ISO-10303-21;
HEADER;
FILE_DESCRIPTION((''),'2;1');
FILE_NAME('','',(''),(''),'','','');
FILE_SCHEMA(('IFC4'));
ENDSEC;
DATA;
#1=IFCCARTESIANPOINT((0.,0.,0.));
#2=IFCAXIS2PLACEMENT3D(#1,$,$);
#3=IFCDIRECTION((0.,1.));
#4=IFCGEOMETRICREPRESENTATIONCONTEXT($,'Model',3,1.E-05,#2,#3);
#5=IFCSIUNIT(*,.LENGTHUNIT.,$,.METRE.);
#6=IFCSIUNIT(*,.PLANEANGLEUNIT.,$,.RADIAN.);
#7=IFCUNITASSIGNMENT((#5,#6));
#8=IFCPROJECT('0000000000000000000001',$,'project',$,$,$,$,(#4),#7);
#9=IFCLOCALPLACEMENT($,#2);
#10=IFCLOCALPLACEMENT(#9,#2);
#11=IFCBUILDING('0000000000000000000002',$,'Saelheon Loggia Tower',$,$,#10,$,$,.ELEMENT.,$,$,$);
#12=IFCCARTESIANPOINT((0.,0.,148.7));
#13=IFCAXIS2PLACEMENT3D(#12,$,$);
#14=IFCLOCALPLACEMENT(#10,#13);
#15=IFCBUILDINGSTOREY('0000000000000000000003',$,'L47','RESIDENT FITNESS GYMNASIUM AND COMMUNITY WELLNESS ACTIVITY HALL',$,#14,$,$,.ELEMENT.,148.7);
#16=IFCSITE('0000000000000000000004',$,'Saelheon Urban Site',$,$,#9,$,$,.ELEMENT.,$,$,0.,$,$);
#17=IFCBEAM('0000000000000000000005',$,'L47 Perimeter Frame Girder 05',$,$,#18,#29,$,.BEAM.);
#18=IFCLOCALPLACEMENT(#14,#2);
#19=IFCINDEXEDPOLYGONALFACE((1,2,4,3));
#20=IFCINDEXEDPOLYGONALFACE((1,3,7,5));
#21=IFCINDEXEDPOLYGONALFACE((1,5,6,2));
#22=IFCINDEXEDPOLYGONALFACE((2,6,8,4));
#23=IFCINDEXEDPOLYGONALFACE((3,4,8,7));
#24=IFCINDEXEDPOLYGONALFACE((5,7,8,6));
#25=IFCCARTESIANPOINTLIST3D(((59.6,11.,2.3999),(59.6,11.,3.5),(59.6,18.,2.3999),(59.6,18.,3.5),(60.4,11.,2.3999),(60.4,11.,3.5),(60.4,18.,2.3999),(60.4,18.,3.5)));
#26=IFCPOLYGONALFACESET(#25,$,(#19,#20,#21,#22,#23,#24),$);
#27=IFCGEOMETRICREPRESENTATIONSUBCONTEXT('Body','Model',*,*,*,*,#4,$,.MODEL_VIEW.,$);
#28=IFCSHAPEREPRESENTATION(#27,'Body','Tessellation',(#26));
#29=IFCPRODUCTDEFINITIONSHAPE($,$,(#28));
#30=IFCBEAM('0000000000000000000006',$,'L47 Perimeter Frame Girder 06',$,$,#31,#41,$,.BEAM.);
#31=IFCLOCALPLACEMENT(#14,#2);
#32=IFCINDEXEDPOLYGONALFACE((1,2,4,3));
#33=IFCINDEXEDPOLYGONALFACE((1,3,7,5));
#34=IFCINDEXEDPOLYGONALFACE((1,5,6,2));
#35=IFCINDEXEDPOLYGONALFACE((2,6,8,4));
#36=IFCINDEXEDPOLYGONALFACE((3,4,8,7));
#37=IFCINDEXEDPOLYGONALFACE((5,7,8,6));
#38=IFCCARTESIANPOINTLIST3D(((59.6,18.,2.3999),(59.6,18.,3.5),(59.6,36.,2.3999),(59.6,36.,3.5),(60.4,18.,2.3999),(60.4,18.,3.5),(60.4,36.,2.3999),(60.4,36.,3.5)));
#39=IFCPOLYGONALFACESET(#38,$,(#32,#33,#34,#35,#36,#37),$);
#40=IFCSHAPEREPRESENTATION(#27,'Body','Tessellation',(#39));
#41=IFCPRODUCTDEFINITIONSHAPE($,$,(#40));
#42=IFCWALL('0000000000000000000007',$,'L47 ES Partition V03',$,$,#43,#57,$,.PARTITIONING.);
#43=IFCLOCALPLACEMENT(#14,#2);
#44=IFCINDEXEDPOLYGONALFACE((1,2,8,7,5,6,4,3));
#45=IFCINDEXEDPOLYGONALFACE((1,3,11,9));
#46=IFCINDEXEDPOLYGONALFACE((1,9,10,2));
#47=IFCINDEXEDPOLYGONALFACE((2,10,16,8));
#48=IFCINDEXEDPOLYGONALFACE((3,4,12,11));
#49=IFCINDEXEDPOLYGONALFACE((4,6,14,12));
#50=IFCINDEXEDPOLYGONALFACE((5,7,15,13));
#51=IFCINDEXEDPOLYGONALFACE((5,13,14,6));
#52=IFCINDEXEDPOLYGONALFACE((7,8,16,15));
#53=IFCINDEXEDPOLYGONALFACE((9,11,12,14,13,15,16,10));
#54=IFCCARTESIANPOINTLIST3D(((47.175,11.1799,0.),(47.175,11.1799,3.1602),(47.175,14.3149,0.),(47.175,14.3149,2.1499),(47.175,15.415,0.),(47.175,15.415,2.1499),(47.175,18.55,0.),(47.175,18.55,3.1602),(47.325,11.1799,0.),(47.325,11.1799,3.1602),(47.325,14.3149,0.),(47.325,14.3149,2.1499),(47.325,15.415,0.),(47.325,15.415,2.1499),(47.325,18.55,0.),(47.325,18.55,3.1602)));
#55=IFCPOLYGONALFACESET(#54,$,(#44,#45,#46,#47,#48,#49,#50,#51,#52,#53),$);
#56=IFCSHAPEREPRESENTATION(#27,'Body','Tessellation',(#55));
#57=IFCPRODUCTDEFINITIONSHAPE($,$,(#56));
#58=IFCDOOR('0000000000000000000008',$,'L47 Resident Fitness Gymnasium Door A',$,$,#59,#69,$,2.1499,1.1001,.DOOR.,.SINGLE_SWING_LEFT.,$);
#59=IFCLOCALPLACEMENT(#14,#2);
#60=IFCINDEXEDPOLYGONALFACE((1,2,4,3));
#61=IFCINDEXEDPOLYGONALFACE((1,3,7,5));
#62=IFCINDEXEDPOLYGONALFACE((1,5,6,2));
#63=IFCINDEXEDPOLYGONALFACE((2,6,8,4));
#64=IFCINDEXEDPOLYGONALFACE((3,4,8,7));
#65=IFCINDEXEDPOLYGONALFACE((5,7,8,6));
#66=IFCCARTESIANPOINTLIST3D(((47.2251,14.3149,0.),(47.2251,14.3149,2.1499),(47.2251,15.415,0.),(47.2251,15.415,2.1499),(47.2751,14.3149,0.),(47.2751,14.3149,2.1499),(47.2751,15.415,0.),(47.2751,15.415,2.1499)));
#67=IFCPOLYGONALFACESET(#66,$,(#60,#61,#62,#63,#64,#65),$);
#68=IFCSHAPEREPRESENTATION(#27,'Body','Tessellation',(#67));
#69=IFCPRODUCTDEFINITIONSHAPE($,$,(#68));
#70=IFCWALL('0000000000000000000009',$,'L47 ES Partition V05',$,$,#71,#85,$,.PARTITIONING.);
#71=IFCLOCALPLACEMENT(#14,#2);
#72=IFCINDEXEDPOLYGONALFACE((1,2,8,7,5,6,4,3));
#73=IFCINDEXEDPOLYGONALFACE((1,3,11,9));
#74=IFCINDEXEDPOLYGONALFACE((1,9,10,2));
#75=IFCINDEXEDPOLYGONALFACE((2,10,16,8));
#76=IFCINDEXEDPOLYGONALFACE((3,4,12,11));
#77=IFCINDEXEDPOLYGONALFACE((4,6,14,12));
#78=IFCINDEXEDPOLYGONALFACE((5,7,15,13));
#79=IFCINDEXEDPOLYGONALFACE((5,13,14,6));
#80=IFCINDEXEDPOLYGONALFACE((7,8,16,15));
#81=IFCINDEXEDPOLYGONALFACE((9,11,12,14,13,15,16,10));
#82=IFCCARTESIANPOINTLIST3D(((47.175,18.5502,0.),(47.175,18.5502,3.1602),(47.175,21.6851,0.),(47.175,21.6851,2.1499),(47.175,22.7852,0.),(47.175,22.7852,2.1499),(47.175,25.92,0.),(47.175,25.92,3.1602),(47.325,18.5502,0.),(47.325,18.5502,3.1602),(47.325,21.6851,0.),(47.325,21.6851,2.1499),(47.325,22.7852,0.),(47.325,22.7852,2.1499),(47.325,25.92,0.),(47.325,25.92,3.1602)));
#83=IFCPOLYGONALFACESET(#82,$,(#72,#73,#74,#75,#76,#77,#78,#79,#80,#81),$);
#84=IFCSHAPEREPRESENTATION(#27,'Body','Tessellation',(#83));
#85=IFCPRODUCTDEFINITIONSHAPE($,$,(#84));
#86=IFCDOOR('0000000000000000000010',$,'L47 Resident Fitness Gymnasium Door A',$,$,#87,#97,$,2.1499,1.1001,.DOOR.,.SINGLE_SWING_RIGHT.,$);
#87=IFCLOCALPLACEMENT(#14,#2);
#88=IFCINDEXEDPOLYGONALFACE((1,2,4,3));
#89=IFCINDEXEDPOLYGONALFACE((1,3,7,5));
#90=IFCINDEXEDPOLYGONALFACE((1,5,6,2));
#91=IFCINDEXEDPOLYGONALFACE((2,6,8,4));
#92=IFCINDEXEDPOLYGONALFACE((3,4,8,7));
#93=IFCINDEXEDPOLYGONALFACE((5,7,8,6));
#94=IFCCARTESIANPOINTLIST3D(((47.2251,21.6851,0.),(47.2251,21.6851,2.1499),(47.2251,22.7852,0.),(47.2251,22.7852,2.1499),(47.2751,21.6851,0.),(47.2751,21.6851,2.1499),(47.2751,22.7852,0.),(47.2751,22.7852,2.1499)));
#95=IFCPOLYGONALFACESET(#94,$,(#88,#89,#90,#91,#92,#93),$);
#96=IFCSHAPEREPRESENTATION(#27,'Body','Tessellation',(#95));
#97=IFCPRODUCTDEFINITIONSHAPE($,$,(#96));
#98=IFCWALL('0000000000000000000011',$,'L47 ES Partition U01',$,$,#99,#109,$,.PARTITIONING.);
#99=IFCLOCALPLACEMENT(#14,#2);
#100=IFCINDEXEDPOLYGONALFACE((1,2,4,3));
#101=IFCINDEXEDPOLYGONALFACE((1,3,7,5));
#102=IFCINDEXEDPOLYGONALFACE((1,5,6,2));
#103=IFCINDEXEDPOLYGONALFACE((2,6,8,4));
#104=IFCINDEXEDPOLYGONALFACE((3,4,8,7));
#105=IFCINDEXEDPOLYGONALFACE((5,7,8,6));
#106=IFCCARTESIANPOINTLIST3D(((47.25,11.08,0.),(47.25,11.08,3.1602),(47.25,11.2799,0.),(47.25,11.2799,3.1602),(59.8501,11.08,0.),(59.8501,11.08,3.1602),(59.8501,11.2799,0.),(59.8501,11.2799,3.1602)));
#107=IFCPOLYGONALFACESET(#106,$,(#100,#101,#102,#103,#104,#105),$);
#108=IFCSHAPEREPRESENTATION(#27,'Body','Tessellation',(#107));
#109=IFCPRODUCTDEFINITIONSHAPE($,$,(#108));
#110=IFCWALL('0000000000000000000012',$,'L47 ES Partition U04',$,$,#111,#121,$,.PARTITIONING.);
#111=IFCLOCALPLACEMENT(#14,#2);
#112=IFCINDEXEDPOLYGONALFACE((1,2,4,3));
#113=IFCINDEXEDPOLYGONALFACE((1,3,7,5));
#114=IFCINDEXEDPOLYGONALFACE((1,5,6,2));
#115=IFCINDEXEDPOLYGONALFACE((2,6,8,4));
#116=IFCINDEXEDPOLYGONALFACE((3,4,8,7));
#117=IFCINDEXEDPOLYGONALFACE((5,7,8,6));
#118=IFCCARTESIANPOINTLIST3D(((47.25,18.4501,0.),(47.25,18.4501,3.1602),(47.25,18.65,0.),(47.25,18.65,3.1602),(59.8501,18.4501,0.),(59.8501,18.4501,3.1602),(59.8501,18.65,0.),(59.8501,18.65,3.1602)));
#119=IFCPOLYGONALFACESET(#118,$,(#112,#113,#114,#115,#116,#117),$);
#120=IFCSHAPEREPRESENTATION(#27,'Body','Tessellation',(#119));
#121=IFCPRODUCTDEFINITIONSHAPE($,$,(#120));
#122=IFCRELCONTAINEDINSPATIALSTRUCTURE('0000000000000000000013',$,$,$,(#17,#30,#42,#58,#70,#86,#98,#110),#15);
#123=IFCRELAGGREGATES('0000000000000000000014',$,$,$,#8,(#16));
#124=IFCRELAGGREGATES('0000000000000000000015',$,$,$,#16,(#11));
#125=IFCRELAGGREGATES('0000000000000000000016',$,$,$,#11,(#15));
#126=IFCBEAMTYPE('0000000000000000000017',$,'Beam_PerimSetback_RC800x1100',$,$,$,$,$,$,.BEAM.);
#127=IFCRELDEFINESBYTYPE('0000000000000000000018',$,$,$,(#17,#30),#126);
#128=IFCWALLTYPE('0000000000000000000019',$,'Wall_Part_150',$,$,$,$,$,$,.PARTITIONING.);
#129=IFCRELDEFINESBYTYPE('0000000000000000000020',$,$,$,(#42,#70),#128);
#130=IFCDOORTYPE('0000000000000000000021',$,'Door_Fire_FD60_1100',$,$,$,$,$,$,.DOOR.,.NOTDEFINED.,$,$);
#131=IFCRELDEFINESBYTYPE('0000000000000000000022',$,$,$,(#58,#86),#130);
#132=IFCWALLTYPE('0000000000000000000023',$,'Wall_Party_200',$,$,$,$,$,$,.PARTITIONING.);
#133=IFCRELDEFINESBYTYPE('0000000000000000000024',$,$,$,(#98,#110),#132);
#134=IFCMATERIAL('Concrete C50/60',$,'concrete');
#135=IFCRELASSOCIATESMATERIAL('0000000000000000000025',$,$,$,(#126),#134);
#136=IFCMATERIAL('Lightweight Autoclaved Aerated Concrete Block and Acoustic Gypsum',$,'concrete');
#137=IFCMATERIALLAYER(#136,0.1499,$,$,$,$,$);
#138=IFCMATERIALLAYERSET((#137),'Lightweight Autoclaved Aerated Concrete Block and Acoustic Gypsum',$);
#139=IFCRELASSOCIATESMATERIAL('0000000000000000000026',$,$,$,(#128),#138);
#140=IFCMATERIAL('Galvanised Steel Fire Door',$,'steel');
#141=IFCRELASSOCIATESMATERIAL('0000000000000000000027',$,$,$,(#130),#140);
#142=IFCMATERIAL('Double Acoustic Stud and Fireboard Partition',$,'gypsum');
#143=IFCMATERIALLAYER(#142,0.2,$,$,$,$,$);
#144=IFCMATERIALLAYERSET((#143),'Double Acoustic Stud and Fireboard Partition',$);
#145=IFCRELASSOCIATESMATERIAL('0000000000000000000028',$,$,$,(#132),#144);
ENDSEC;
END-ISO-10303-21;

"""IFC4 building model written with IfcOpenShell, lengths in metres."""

from ifc_helpers import new_model, si_unit, direction, frame, frame_2d, origin, origin_2d, place, context, subcontext, project, spatial, rectangle, extrude, source, transform, mapped, material, layer, layer_set, material_profile, profile_set, type_object, element, fill, save


model = new_model("IFC4")

# Units and contexts
model_context = context("Model", 3, precision=1e-05, world=origin(), true_north=direction((0.0, 1.0)))
body_context = subcontext(model_context, "Body", "Model", "MODEL_VIEW")
ifc_project = project(units=[si_unit("LENGTHUNIT", "METRE"), si_unit("PLANEANGLEUNIT", "RADIAN")], contexts=[model_context])

# Site, building, storey
site_placement = place(None, origin())
site = spatial("IfcSite", under=ifc_project, at=site_placement, Name="Saelheon Urban Site", CompositionType="ELEMENT", RefElevation=0.0)
building_placement = place(site_placement, origin())
building = spatial("IfcBuilding", under=site, at=building_placement, Name="Saelheon Loggia Tower", CompositionType="ELEMENT")
storey_placement = place(building_placement, frame((0.0, 0.0, 148.7)))
storey = spatial("IfcBuildingStorey", under=building, at=storey_placement, Name="L47", Description="RESIDENT FITNESS GYMNASIUM AND COMMUNITY WELLNESS ACTIVITY HALL", CompositionType="ELEMENT", Elevation=148.7)

# Shared definitions
ifc_material_1 = material(Name="Concrete C50/60", Category="concrete")

# Beams
ifc_material_profile_1 = material_profile(ifc_material_1, rectangle(XDim=0.8, YDim=1.1001, at=origin_2d()), Name="RC-800x1100")
ifc_profile_set_1 = profile_set([ifc_material_profile_1], Name="Concrete C50/60")
beam_type_1 = type_object("IfcBeamType", Name="Beam_PerimSetback_RC800x1100", PredefinedType="BEAM", material=ifc_profile_set_1)
shared_shape_1 = source(origin(), body_context, "Body", "SweptSolid", [
    extrude(rectangle(XDim=0.8, YDim=1.1001, at=origin_2d()), origin(), (0.0, 0.0, 1.0), 7.0),
])
beam_1_placement = place(storey_placement, frame((60.0, 11.0, 2.95), z_axis=(0.0, 1.0, 0.0), x_axis=(-1.0, 0.0, 0.0)))
element("IfcBeam", 1, at=beam_1_placement, inside=storey, type_object=beam_type_1, Name="L47 Perimeter Frame Girder 05", PredefinedType="BEAM", context=body_context, shape_type="MappedRepresentation", body=[
    mapped(shared_shape_1, transform((0.0, 0.0, 0.0), scale=1.0)),
])
shared_shape_2 = source(origin(), body_context, "Body", "SweptSolid", [
    extrude(rectangle(XDim=0.8, YDim=1.1001, at=origin_2d()), origin(), (0.0, 0.0, 1.0), 18.0),
])
beam_2_placement = place(storey_placement, frame((60.0, 18.0, 2.95), z_axis=(0.0, 1.0, 0.0), x_axis=(-1.0, 0.0, 0.0)))
element("IfcBeam", 2, at=beam_2_placement, inside=storey, type_object=beam_type_1, Name="L47 Perimeter Frame Girder 06", PredefinedType="BEAM", context=body_context, shape_type="MappedRepresentation", body=[
    mapped(shared_shape_2, transform((0.0, 0.0, 0.0), scale=1.0)),
])

# Walls, openings, doors
ifc_material_2 = material(Name="Lightweight Autoclaved Aerated Concrete Block and Acoustic Gypsum", Category="concrete")
ifc_layer_1 = layer(ifc_material_2, 0.1499)
ifc_layer_set_1 = layer_set([ifc_layer_1], Name="Lightweight Autoclaved Aerated Concrete Block and Acoustic Gypsum")
wall_type_1 = type_object("IfcWallType", Name="Wall_Part_150", PredefinedType="PARTITIONING", material=ifc_layer_set_1)
wall_1_placement = place(storey_placement, frame((47.25, 11.1799, 0.0), z_axis=(0.0, 0.0, 1.0), x_axis=(0.0, 1.0, 0.0)))
wall_1 = element("IfcWall", 3, at=wall_1_placement, inside=storey, type_object=wall_type_1, Name="L47 ES Partition V03", PredefinedType="PARTITIONING", context=body_context, shape_type="SweptSolid", body=[
    extrude(rectangle(XDim=7.3701, YDim=0.1499, at=frame_2d((3.6851, 0.0))), origin(), (0.0, 0.0, 1.0), 3.1602),
])
opening_1_placement = place(wall_1_placement, frame((3.135, 0.0, 0.0)))
opening_1 = element("IfcOpeningElement", 4, at=opening_1_placement, cuts=wall_1, PredefinedType="OPENING", context=body_context, shape_type="SweptSolid", body=[
    extrude(rectangle(XDim=1.1001, YDim=2.1499, at=frame_2d((0.55, 1.075))), frame((0.0, 0.0869, 0.0), z_axis=(0.0, -1.0, 0.0), x_axis=(1.0, 0.0, 0.0)), (0.0, 0.0, 1.0), 0.1738),
])
ifc_material_3 = material(Name="Galvanised Steel Fire Door", Category="steel")
door_type = type_object("IfcDoorType", Name="Door_Fire_FD60_1100", OperationType="NOTDEFINED", PredefinedType="DOOR", material=ifc_material_3)
shared_shape_3 = source(origin(), body_context, "Body", "SweptSolid", [
    extrude(rectangle(XDim=1.1001, YDim=2.1499, at=frame_2d((0.55, 1.075))), frame((0.0, 0.0249, 0.0), z_axis=(0.0, -1.0, 0.0), x_axis=(1.0, 0.0, 0.0)), (0.0, 0.0, 1.0), 0.05),
])
door_1_placement = place(opening_1_placement, origin())
door_1 = element("IfcDoor", 5, at=door_1_placement, inside=storey, type_object=door_type, Name="L47 Resident Fitness Gymnasium Door A", OperationType="SINGLE_SWING_LEFT", OverallHeight=2.1499, OverallWidth=1.1001, PredefinedType="DOOR", context=body_context, shape_type="MappedRepresentation", body=[
    mapped(shared_shape_3, transform((0.0, 0.0, 0.0), scale=1.0)),
])
fill(opening_1, door_1)
wall_2_placement = place(storey_placement, frame((47.25, 18.55, 0.0), z_axis=(0.0, 0.0, 1.0), x_axis=(0.0, 1.0, 0.0)))
wall_2 = element("IfcWall", 6, at=wall_2_placement, inside=storey, type_object=wall_type_1, Name="L47 ES Partition V05", PredefinedType="PARTITIONING", context=body_context, shape_type="SweptSolid", body=[
    extrude(rectangle(XDim=7.3699, YDim=0.1499, at=frame_2d((3.6851, 0.0))), origin(), (0.0, 0.0, 1.0), 3.1602),
])
opening_2_placement = place(wall_2_placement, frame((3.135, 0.0, 0.0)))
opening_2 = element("IfcOpeningElement", 7, at=opening_2_placement, cuts=wall_2, PredefinedType="OPENING", context=body_context, shape_type="SweptSolid", body=[
    extrude(rectangle(XDim=1.1001, YDim=2.1499, at=frame_2d((0.55, 1.075))), frame((0.0, 0.0869, 0.0), z_axis=(0.0, -1.0, 0.0), x_axis=(1.0, 0.0, 0.0)), (0.0, 0.0, 1.0), 0.1738),
])
door_2_placement = place(opening_2_placement, origin())
door_2 = element("IfcDoor", 8, at=door_2_placement, inside=storey, type_object=door_type, Name="L47 Resident Fitness Gymnasium Door A", OperationType="SINGLE_SWING_RIGHT", OverallHeight=2.1499, OverallWidth=1.1001, PredefinedType="DOOR", context=body_context, shape_type="MappedRepresentation", body=[
    mapped(shared_shape_3, transform((0.0, 0.0, 0.0), scale=1.0)),
])
fill(opening_2, door_2)

# Walls
ifc_material_4 = material(Name="Double Acoustic Stud and Fireboard Partition", Category="gypsum")
ifc_layer_2 = layer(ifc_material_4, 0.2)
ifc_layer_set_2 = layer_set([ifc_layer_2], Name="Double Acoustic Stud and Fireboard Partition")
wall_type_2 = type_object("IfcWallType", Name="Wall_Party_200", PredefinedType="PARTITIONING", material=ifc_layer_set_2)
for number, where, z_axis, x_axis, name in (
    (9, (47.25, 11.1799, 0.0), (0.0, 0.0, 1.0), (1.0, 0.0, 0.0), "L47 ES Partition U01"),
    (10, (47.25, 18.55, 0.0), (0.0, 0.0, 1.0), (1.0, 0.0, 0.0), "L47 ES Partition U04"),
):
    element("IfcWall", number, at=place(storey_placement, frame(where, z_axis=z_axis, x_axis=x_axis)), inside=storey, type_object=wall_type_2, Name=name, PredefinedType="PARTITIONING", context=body_context, shape_type="SweptSolid", body=[
        extrude(rectangle(XDim=12.6001, YDim=0.2, at=frame_2d((6.3, 0.0))), origin(), (0.0, 0.0, 1.0), 3.1602),
    ])

save(model, "model.ifc")
